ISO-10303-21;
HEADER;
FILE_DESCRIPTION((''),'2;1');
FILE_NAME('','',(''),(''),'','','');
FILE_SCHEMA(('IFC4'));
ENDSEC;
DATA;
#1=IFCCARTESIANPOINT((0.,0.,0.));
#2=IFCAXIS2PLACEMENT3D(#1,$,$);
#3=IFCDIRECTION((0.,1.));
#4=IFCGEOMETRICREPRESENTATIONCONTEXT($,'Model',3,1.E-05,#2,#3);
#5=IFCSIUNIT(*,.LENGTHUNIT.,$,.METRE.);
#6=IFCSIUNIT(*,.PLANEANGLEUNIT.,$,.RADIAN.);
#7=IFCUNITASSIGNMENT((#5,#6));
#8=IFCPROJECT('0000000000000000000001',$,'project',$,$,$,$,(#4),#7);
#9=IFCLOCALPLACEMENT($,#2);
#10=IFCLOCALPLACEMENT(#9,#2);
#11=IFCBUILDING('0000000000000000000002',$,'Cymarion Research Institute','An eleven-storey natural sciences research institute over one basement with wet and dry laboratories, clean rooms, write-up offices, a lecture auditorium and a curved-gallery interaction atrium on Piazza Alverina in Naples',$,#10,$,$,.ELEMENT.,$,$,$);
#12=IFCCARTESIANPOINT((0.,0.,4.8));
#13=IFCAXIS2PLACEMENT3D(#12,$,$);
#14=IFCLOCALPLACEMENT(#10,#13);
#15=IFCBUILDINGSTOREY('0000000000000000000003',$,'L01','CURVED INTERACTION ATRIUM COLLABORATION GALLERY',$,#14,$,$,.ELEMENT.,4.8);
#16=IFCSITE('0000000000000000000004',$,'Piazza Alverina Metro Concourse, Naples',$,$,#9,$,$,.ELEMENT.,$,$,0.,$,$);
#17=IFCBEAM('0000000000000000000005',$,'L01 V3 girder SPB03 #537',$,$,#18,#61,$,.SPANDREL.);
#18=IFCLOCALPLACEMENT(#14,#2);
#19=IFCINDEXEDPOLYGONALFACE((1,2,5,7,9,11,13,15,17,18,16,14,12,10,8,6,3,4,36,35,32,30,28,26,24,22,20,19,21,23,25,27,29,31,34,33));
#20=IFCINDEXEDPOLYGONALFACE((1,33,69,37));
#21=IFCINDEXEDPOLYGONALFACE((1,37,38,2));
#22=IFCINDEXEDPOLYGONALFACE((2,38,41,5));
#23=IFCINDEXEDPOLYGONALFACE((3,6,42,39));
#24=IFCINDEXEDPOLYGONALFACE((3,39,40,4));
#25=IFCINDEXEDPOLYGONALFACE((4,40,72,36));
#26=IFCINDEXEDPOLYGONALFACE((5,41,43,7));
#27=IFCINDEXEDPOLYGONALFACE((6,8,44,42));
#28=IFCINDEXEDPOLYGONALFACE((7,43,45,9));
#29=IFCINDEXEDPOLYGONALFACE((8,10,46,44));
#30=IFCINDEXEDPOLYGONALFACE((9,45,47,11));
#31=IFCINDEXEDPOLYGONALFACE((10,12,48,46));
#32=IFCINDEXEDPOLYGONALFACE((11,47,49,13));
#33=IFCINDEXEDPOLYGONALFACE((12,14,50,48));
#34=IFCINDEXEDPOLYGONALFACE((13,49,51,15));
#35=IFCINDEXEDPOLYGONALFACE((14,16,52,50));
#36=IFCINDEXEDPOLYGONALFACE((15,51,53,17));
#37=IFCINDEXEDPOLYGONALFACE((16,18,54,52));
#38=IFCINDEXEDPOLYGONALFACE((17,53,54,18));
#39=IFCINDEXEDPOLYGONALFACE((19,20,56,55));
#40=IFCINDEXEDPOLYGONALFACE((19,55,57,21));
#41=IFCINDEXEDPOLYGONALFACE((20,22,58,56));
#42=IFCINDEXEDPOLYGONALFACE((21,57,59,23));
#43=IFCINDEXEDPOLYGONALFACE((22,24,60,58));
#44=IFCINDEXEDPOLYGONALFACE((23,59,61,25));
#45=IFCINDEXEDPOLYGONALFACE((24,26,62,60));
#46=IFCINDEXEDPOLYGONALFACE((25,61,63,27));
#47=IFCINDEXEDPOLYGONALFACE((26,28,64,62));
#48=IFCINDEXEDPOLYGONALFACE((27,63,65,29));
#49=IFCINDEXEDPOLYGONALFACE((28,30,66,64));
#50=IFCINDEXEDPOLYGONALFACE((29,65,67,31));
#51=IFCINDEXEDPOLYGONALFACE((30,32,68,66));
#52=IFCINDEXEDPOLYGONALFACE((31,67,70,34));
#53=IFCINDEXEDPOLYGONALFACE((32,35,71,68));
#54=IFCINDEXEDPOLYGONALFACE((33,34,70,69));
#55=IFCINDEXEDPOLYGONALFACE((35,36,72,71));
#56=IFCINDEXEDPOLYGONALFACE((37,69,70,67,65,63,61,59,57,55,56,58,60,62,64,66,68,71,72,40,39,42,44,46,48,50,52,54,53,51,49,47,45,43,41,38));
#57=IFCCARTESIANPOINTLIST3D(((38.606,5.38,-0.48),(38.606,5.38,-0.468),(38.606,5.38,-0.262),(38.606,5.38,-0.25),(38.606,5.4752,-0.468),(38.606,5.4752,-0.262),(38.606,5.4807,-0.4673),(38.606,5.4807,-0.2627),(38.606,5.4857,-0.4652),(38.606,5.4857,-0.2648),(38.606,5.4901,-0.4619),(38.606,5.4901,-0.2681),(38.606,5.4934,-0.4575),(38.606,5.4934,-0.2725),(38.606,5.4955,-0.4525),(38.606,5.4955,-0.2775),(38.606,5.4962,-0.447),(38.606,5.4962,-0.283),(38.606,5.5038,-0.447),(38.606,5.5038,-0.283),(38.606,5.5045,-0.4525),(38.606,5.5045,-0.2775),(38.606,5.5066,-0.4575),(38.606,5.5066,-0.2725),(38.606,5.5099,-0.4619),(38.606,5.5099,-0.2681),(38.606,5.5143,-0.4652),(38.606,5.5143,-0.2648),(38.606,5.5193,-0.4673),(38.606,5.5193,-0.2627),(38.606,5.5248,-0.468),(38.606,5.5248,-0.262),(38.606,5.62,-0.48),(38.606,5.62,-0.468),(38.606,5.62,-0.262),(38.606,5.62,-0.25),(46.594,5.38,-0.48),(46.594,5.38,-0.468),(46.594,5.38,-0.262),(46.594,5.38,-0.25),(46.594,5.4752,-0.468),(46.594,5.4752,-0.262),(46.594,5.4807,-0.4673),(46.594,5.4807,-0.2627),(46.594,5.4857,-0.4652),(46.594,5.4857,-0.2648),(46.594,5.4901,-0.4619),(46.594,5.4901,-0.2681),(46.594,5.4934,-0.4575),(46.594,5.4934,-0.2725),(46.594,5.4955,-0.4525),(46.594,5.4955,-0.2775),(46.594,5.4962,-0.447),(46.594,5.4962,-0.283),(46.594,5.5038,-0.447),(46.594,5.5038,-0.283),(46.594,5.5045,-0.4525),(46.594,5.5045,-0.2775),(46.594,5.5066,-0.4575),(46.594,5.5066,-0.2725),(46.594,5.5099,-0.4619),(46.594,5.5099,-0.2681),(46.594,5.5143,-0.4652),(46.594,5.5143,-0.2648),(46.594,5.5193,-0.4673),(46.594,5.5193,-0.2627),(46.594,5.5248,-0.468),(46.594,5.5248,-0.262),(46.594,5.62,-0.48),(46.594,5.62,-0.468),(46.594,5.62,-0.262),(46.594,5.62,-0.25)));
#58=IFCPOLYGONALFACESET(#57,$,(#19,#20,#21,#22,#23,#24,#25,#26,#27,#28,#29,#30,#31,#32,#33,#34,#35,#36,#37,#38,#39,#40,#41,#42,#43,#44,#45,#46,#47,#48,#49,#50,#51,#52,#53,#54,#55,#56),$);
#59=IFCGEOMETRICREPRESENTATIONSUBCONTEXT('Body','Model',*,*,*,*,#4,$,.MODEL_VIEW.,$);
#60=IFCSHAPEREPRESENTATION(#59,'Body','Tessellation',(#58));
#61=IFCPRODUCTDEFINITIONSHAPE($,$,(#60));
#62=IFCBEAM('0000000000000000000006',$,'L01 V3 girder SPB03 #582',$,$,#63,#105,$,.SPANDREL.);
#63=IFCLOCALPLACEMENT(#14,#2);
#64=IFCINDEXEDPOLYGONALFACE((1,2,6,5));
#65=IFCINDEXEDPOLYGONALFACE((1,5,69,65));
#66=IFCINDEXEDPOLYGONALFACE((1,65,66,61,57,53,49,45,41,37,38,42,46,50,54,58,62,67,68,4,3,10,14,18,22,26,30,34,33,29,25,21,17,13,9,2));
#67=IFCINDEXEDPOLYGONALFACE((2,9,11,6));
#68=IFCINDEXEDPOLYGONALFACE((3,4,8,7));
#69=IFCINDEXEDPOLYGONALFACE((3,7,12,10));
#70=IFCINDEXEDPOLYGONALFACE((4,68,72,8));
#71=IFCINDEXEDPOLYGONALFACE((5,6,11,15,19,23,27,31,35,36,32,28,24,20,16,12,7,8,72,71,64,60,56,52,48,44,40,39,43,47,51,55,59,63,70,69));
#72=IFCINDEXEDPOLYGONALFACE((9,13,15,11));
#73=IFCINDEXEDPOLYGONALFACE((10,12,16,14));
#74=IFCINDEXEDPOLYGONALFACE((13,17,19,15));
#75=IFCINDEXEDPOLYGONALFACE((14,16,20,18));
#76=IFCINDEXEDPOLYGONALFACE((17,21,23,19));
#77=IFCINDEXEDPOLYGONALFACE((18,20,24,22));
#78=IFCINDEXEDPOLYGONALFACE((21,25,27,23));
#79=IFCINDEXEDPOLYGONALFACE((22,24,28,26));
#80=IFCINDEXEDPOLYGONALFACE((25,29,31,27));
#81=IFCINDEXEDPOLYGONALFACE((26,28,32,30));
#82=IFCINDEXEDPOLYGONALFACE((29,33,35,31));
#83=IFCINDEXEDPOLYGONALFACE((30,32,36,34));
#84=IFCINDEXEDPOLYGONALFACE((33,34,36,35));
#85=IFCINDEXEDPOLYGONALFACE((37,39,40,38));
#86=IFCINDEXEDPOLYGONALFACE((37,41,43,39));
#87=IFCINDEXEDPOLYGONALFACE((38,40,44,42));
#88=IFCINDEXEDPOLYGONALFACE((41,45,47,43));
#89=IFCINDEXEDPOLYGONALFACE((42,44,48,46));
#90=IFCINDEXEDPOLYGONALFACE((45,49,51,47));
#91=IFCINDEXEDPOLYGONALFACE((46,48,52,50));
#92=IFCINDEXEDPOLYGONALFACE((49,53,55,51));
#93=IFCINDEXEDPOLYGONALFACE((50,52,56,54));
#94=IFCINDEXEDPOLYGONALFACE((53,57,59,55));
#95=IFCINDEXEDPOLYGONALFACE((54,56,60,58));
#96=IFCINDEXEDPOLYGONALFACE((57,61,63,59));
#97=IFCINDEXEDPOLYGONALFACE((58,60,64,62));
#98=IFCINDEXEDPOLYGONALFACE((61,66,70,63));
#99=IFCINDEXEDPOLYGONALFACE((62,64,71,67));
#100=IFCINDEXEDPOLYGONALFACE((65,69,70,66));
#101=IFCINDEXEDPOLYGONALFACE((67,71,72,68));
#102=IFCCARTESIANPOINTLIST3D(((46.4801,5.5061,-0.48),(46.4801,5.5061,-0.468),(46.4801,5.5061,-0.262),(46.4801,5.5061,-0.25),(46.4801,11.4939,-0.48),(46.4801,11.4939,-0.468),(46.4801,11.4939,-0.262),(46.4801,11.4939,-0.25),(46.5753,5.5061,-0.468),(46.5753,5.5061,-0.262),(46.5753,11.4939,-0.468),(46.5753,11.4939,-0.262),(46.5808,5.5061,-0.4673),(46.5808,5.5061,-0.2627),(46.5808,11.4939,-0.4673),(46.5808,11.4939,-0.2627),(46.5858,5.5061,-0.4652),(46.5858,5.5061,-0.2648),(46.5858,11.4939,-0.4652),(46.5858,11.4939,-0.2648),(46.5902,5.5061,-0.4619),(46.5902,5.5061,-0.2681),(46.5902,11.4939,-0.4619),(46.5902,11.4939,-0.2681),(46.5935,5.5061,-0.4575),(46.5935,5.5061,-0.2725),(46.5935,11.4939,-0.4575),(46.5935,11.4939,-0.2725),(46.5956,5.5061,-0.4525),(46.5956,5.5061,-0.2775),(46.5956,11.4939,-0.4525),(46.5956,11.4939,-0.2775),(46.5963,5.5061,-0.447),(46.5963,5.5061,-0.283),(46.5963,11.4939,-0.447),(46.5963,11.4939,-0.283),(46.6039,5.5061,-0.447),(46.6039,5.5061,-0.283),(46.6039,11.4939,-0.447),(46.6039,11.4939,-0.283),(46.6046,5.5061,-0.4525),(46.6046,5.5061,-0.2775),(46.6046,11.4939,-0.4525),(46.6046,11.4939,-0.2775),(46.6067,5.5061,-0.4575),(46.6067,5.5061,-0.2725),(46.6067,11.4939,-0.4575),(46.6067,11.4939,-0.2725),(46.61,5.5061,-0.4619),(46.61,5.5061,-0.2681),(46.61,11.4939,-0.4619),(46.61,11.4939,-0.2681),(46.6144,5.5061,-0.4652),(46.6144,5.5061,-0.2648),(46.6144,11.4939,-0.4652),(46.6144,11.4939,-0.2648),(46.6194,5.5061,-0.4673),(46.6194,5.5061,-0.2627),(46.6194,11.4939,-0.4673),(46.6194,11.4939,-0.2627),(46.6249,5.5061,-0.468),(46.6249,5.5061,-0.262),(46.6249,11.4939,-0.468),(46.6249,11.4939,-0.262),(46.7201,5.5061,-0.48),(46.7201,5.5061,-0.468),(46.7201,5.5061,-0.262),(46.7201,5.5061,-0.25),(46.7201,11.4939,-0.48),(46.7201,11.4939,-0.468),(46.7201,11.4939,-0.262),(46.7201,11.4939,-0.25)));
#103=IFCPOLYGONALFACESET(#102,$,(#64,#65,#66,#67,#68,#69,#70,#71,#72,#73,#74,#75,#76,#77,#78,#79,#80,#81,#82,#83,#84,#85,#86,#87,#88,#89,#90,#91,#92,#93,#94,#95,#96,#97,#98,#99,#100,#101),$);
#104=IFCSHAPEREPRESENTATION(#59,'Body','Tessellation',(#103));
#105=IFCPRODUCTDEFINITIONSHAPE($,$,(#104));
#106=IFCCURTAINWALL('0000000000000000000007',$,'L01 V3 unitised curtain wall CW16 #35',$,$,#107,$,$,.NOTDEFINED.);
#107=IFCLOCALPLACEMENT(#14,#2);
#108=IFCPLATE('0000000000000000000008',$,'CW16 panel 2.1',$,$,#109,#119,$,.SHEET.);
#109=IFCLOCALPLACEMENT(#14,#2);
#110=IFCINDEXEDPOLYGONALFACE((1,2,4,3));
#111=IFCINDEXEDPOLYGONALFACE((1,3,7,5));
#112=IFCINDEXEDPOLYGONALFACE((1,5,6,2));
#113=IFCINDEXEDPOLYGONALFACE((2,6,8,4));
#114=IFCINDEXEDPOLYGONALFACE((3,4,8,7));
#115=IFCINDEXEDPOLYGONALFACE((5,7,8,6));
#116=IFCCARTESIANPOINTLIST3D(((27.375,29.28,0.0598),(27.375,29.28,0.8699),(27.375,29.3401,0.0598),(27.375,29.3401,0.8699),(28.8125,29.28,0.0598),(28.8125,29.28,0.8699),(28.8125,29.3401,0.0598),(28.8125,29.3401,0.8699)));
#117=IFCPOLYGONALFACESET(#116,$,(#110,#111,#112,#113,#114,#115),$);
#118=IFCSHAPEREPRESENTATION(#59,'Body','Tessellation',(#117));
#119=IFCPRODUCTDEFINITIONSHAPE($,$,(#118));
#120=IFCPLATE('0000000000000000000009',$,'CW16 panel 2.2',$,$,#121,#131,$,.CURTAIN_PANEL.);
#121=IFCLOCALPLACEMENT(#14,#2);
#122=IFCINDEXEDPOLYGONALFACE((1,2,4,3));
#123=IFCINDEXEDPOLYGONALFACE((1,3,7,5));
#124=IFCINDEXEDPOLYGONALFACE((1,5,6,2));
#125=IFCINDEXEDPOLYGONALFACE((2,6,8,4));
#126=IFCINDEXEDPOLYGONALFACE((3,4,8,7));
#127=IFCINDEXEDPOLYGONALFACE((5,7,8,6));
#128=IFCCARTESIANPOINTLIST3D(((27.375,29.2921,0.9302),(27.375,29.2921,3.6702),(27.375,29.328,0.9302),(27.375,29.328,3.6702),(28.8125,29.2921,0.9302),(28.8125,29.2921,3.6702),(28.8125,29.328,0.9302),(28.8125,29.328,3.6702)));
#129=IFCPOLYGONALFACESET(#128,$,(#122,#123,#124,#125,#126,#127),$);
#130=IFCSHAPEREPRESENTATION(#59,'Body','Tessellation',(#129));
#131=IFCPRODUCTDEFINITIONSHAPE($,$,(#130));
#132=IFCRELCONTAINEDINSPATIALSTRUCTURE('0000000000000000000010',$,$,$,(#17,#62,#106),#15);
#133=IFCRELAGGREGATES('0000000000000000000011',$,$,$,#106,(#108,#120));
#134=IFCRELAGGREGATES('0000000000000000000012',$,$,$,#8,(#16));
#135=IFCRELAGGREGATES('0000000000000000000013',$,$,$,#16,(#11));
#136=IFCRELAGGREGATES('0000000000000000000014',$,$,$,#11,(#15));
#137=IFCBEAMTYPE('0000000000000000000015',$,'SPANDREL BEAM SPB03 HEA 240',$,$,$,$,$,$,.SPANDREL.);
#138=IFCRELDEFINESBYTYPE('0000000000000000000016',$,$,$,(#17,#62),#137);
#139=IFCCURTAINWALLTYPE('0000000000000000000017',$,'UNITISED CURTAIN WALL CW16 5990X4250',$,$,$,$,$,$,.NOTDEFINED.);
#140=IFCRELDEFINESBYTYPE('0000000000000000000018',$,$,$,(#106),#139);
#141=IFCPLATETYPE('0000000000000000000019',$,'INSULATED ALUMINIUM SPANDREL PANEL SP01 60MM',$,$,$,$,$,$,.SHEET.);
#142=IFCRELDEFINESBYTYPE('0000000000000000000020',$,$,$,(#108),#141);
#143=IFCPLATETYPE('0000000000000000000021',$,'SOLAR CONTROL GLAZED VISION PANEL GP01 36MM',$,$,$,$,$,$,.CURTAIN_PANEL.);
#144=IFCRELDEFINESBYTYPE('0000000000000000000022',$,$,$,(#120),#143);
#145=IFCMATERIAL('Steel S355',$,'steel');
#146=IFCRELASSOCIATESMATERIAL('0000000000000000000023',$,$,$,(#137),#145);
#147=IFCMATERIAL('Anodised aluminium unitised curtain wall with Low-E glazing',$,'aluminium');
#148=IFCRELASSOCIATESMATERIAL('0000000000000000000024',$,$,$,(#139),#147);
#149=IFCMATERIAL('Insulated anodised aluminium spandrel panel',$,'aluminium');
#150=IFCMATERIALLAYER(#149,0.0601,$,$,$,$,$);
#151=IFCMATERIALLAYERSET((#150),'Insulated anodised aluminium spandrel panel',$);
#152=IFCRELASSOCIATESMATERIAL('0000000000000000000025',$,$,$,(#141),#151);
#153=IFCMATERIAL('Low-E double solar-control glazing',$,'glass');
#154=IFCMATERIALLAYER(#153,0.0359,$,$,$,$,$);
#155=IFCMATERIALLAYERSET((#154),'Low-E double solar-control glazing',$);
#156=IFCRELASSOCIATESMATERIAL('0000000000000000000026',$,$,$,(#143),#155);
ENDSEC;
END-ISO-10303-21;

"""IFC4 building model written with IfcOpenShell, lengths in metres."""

from ifc_helpers import new_model, si_unit, direction, frame, origin, origin_2d, place, context, subcontext, project, spatial, rectangle, i_section, extrude, material, layer, layer_set, material_profile, profile_set, type_object, element, aggregate, save


model = new_model("IFC4")

# Units and contexts
model_context = context("Model", 3, precision=1e-05, world=origin(), true_north=direction((0.0, 1.0)))
body_context = subcontext(model_context, "Body", "Model", "MODEL_VIEW")
ifc_project = project(units=[si_unit("LENGTHUNIT", "METRE"), si_unit("PLANEANGLEUNIT", "RADIAN")], contexts=[model_context])

# Site, building, storey
site_placement = place(None, origin())
site = spatial("IfcSite", under=ifc_project, at=site_placement, Name="Piazza Alverina Metro Concourse, Naples", CompositionType="ELEMENT", RefElevation=0.0)
building_placement = place(site_placement, origin())
building = spatial("IfcBuilding", under=site, at=building_placement, Name="Cymarion Research Institute", Description="An eleven-storey natural sciences research institute over one basement with wet and dry laboratories, clean rooms, write-up offices, a lecture auditorium and a curved-gallery interaction atrium on Piazza Alverina in Naples", CompositionType="ELEMENT")
storey_placement = place(building_placement, frame((0.0, 0.0, 4.8)))
storey = spatial("IfcBuildingStorey", under=building, at=storey_placement, Name="L01", Description="CURVED INTERACTION ATRIUM COLLABORATION GALLERY", CompositionType="ELEMENT", Elevation=4.8)

# Shared definitions
ifc_material_1 = material(Name="Steel S355", Category="steel")

# Beams
ifc_material_profile_1 = material_profile(ifc_material_1, i_section(OverallWidth=0.24, OverallDepth=0.23, WebThickness=0.0076, FlangeThickness=0.012, FilletRadius=0.021, at=origin_2d()), Name="HEA 240")
ifc_profile_set_1 = profile_set([ifc_material_profile_1], Name="Steel S355")
beam_type_1 = type_object("IfcBeamType", Name="SPANDREL BEAM SPB03 HEA 240", PredefinedType="SPANDREL", material=ifc_profile_set_1)
for number, where, z_axis, x_axis, name in (
    (1, (38.606, 5.5, -0.365), (1.0, 0.0, 0.0), (0.0, 1.0, 0.0), "L01 V3 girder SPB03 #537"),
):
    element("IfcBeam", number, at=place(storey_placement, frame(where, z_axis=z_axis, x_axis=x_axis)), inside=storey, type_object=beam_type_1, Name=name, PredefinedType="SPANDREL", context=body_context, shape_type="SweptSolid", body=[
        extrude(i_section(OverallWidth=0.24, OverallDepth=0.23, WebThickness=0.0076, FlangeThickness=0.012, FilletRadius=0.021, at=origin_2d()), origin(), (0.0, 0.0, 1.0), 7.988),
    ])
beam_1_placement = place(storey_placement, frame((46.6001, 5.5061, -0.365), z_axis=(0.0, 1.0, 0.0), x_axis=(-1.0, 0.0, 0.0)))
element("IfcBeam", 2, at=beam_1_placement, inside=storey, type_object=beam_type_1, Name="L01 V3 girder SPB03 #582", PredefinedType="SPANDREL", context=body_context, shape_type="SweptSolid", body=[
    extrude(i_section(OverallWidth=0.24, OverallDepth=0.23, WebThickness=0.0076, FlangeThickness=0.012, FilletRadius=0.021, at=origin_2d()), origin(), (0.0, 0.0, 1.0), 5.9878),
])

# Curtain wall, plates
ifc_material_2 = material(Name="Anodised aluminium unitised curtain wall with Low-E glazing", Category="aluminium")
curtain_wall_type = type_object("IfcCurtainWallType", Name="UNITISED CURTAIN WALL CW16 5990X4250", PredefinedType="NOTDEFINED", material=ifc_material_2)
curtain_wall_placement = place(storey_placement, origin())
curtain_wall = element("IfcCurtainWall", 3, at=curtain_wall_placement, inside=storey, type_object=curtain_wall_type, Name="L01 V3 unitised curtain wall CW16 #35", PredefinedType="NOTDEFINED")
ifc_material_3 = material(Name="Insulated anodised aluminium spandrel panel", Category="aluminium")
ifc_layer_1 = layer(ifc_material_3, 0.0601)
ifc_layer_set_1 = layer_set([ifc_layer_1], Name="Insulated anodised aluminium spandrel panel")
plate_type_1 = type_object("IfcPlateType", Name="INSULATED ALUMINIUM SPANDREL PANEL SP01 60MM", PredefinedType="SHEET", material=ifc_layer_set_1)
plate_1_placement = place(storey_placement, frame((28.0938, 29.3101, 0.0598), z_axis=(0.0, 0.0, 1.0), x_axis=(-1.0, 0.0, 0.0)))
plate_1 = element("IfcPlate", 4, at=plate_1_placement, type_object=plate_type_1, Name="CW16 panel 2.1", PredefinedType="SHEET", context=body_context, shape_type="SweptSolid", body=[
    extrude(rectangle(XDim=1.4375, YDim=0.0601, at=origin_2d()), origin(), (0.0, 0.0, 1.0), 0.8101),
])
ifc_material_4 = material(Name="Low-E double solar-control glazing", Category="glass")
ifc_layer_2 = layer(ifc_material_4, 0.0359)
ifc_layer_set_2 = layer_set([ifc_layer_2], Name="Low-E double solar-control glazing")
plate_type_2 = type_object("IfcPlateType", Name="SOLAR CONTROL GLAZED VISION PANEL GP01 36MM", PredefinedType="CURTAIN_PANEL", material=ifc_layer_set_2)
plate_2_placement = place(storey_placement, frame((28.0938, 29.3101, 0.9302), z_axis=(0.0, 0.0, 1.0), x_axis=(-1.0, 0.0, 0.0)))
plate_2 = element("IfcPlate", 5, at=plate_2_placement, type_object=plate_type_2, Name="CW16 panel 2.2", PredefinedType="CURTAIN_PANEL", context=body_context, shape_type="SweptSolid", body=[
    extrude(rectangle(XDim=1.4375, YDim=0.0359, at=origin_2d()), origin(), (0.0, 0.0, 1.0), 2.74),
])
aggregate(curtain_wall, [plate_1, plate_2])

save(model, "model.ifc")
